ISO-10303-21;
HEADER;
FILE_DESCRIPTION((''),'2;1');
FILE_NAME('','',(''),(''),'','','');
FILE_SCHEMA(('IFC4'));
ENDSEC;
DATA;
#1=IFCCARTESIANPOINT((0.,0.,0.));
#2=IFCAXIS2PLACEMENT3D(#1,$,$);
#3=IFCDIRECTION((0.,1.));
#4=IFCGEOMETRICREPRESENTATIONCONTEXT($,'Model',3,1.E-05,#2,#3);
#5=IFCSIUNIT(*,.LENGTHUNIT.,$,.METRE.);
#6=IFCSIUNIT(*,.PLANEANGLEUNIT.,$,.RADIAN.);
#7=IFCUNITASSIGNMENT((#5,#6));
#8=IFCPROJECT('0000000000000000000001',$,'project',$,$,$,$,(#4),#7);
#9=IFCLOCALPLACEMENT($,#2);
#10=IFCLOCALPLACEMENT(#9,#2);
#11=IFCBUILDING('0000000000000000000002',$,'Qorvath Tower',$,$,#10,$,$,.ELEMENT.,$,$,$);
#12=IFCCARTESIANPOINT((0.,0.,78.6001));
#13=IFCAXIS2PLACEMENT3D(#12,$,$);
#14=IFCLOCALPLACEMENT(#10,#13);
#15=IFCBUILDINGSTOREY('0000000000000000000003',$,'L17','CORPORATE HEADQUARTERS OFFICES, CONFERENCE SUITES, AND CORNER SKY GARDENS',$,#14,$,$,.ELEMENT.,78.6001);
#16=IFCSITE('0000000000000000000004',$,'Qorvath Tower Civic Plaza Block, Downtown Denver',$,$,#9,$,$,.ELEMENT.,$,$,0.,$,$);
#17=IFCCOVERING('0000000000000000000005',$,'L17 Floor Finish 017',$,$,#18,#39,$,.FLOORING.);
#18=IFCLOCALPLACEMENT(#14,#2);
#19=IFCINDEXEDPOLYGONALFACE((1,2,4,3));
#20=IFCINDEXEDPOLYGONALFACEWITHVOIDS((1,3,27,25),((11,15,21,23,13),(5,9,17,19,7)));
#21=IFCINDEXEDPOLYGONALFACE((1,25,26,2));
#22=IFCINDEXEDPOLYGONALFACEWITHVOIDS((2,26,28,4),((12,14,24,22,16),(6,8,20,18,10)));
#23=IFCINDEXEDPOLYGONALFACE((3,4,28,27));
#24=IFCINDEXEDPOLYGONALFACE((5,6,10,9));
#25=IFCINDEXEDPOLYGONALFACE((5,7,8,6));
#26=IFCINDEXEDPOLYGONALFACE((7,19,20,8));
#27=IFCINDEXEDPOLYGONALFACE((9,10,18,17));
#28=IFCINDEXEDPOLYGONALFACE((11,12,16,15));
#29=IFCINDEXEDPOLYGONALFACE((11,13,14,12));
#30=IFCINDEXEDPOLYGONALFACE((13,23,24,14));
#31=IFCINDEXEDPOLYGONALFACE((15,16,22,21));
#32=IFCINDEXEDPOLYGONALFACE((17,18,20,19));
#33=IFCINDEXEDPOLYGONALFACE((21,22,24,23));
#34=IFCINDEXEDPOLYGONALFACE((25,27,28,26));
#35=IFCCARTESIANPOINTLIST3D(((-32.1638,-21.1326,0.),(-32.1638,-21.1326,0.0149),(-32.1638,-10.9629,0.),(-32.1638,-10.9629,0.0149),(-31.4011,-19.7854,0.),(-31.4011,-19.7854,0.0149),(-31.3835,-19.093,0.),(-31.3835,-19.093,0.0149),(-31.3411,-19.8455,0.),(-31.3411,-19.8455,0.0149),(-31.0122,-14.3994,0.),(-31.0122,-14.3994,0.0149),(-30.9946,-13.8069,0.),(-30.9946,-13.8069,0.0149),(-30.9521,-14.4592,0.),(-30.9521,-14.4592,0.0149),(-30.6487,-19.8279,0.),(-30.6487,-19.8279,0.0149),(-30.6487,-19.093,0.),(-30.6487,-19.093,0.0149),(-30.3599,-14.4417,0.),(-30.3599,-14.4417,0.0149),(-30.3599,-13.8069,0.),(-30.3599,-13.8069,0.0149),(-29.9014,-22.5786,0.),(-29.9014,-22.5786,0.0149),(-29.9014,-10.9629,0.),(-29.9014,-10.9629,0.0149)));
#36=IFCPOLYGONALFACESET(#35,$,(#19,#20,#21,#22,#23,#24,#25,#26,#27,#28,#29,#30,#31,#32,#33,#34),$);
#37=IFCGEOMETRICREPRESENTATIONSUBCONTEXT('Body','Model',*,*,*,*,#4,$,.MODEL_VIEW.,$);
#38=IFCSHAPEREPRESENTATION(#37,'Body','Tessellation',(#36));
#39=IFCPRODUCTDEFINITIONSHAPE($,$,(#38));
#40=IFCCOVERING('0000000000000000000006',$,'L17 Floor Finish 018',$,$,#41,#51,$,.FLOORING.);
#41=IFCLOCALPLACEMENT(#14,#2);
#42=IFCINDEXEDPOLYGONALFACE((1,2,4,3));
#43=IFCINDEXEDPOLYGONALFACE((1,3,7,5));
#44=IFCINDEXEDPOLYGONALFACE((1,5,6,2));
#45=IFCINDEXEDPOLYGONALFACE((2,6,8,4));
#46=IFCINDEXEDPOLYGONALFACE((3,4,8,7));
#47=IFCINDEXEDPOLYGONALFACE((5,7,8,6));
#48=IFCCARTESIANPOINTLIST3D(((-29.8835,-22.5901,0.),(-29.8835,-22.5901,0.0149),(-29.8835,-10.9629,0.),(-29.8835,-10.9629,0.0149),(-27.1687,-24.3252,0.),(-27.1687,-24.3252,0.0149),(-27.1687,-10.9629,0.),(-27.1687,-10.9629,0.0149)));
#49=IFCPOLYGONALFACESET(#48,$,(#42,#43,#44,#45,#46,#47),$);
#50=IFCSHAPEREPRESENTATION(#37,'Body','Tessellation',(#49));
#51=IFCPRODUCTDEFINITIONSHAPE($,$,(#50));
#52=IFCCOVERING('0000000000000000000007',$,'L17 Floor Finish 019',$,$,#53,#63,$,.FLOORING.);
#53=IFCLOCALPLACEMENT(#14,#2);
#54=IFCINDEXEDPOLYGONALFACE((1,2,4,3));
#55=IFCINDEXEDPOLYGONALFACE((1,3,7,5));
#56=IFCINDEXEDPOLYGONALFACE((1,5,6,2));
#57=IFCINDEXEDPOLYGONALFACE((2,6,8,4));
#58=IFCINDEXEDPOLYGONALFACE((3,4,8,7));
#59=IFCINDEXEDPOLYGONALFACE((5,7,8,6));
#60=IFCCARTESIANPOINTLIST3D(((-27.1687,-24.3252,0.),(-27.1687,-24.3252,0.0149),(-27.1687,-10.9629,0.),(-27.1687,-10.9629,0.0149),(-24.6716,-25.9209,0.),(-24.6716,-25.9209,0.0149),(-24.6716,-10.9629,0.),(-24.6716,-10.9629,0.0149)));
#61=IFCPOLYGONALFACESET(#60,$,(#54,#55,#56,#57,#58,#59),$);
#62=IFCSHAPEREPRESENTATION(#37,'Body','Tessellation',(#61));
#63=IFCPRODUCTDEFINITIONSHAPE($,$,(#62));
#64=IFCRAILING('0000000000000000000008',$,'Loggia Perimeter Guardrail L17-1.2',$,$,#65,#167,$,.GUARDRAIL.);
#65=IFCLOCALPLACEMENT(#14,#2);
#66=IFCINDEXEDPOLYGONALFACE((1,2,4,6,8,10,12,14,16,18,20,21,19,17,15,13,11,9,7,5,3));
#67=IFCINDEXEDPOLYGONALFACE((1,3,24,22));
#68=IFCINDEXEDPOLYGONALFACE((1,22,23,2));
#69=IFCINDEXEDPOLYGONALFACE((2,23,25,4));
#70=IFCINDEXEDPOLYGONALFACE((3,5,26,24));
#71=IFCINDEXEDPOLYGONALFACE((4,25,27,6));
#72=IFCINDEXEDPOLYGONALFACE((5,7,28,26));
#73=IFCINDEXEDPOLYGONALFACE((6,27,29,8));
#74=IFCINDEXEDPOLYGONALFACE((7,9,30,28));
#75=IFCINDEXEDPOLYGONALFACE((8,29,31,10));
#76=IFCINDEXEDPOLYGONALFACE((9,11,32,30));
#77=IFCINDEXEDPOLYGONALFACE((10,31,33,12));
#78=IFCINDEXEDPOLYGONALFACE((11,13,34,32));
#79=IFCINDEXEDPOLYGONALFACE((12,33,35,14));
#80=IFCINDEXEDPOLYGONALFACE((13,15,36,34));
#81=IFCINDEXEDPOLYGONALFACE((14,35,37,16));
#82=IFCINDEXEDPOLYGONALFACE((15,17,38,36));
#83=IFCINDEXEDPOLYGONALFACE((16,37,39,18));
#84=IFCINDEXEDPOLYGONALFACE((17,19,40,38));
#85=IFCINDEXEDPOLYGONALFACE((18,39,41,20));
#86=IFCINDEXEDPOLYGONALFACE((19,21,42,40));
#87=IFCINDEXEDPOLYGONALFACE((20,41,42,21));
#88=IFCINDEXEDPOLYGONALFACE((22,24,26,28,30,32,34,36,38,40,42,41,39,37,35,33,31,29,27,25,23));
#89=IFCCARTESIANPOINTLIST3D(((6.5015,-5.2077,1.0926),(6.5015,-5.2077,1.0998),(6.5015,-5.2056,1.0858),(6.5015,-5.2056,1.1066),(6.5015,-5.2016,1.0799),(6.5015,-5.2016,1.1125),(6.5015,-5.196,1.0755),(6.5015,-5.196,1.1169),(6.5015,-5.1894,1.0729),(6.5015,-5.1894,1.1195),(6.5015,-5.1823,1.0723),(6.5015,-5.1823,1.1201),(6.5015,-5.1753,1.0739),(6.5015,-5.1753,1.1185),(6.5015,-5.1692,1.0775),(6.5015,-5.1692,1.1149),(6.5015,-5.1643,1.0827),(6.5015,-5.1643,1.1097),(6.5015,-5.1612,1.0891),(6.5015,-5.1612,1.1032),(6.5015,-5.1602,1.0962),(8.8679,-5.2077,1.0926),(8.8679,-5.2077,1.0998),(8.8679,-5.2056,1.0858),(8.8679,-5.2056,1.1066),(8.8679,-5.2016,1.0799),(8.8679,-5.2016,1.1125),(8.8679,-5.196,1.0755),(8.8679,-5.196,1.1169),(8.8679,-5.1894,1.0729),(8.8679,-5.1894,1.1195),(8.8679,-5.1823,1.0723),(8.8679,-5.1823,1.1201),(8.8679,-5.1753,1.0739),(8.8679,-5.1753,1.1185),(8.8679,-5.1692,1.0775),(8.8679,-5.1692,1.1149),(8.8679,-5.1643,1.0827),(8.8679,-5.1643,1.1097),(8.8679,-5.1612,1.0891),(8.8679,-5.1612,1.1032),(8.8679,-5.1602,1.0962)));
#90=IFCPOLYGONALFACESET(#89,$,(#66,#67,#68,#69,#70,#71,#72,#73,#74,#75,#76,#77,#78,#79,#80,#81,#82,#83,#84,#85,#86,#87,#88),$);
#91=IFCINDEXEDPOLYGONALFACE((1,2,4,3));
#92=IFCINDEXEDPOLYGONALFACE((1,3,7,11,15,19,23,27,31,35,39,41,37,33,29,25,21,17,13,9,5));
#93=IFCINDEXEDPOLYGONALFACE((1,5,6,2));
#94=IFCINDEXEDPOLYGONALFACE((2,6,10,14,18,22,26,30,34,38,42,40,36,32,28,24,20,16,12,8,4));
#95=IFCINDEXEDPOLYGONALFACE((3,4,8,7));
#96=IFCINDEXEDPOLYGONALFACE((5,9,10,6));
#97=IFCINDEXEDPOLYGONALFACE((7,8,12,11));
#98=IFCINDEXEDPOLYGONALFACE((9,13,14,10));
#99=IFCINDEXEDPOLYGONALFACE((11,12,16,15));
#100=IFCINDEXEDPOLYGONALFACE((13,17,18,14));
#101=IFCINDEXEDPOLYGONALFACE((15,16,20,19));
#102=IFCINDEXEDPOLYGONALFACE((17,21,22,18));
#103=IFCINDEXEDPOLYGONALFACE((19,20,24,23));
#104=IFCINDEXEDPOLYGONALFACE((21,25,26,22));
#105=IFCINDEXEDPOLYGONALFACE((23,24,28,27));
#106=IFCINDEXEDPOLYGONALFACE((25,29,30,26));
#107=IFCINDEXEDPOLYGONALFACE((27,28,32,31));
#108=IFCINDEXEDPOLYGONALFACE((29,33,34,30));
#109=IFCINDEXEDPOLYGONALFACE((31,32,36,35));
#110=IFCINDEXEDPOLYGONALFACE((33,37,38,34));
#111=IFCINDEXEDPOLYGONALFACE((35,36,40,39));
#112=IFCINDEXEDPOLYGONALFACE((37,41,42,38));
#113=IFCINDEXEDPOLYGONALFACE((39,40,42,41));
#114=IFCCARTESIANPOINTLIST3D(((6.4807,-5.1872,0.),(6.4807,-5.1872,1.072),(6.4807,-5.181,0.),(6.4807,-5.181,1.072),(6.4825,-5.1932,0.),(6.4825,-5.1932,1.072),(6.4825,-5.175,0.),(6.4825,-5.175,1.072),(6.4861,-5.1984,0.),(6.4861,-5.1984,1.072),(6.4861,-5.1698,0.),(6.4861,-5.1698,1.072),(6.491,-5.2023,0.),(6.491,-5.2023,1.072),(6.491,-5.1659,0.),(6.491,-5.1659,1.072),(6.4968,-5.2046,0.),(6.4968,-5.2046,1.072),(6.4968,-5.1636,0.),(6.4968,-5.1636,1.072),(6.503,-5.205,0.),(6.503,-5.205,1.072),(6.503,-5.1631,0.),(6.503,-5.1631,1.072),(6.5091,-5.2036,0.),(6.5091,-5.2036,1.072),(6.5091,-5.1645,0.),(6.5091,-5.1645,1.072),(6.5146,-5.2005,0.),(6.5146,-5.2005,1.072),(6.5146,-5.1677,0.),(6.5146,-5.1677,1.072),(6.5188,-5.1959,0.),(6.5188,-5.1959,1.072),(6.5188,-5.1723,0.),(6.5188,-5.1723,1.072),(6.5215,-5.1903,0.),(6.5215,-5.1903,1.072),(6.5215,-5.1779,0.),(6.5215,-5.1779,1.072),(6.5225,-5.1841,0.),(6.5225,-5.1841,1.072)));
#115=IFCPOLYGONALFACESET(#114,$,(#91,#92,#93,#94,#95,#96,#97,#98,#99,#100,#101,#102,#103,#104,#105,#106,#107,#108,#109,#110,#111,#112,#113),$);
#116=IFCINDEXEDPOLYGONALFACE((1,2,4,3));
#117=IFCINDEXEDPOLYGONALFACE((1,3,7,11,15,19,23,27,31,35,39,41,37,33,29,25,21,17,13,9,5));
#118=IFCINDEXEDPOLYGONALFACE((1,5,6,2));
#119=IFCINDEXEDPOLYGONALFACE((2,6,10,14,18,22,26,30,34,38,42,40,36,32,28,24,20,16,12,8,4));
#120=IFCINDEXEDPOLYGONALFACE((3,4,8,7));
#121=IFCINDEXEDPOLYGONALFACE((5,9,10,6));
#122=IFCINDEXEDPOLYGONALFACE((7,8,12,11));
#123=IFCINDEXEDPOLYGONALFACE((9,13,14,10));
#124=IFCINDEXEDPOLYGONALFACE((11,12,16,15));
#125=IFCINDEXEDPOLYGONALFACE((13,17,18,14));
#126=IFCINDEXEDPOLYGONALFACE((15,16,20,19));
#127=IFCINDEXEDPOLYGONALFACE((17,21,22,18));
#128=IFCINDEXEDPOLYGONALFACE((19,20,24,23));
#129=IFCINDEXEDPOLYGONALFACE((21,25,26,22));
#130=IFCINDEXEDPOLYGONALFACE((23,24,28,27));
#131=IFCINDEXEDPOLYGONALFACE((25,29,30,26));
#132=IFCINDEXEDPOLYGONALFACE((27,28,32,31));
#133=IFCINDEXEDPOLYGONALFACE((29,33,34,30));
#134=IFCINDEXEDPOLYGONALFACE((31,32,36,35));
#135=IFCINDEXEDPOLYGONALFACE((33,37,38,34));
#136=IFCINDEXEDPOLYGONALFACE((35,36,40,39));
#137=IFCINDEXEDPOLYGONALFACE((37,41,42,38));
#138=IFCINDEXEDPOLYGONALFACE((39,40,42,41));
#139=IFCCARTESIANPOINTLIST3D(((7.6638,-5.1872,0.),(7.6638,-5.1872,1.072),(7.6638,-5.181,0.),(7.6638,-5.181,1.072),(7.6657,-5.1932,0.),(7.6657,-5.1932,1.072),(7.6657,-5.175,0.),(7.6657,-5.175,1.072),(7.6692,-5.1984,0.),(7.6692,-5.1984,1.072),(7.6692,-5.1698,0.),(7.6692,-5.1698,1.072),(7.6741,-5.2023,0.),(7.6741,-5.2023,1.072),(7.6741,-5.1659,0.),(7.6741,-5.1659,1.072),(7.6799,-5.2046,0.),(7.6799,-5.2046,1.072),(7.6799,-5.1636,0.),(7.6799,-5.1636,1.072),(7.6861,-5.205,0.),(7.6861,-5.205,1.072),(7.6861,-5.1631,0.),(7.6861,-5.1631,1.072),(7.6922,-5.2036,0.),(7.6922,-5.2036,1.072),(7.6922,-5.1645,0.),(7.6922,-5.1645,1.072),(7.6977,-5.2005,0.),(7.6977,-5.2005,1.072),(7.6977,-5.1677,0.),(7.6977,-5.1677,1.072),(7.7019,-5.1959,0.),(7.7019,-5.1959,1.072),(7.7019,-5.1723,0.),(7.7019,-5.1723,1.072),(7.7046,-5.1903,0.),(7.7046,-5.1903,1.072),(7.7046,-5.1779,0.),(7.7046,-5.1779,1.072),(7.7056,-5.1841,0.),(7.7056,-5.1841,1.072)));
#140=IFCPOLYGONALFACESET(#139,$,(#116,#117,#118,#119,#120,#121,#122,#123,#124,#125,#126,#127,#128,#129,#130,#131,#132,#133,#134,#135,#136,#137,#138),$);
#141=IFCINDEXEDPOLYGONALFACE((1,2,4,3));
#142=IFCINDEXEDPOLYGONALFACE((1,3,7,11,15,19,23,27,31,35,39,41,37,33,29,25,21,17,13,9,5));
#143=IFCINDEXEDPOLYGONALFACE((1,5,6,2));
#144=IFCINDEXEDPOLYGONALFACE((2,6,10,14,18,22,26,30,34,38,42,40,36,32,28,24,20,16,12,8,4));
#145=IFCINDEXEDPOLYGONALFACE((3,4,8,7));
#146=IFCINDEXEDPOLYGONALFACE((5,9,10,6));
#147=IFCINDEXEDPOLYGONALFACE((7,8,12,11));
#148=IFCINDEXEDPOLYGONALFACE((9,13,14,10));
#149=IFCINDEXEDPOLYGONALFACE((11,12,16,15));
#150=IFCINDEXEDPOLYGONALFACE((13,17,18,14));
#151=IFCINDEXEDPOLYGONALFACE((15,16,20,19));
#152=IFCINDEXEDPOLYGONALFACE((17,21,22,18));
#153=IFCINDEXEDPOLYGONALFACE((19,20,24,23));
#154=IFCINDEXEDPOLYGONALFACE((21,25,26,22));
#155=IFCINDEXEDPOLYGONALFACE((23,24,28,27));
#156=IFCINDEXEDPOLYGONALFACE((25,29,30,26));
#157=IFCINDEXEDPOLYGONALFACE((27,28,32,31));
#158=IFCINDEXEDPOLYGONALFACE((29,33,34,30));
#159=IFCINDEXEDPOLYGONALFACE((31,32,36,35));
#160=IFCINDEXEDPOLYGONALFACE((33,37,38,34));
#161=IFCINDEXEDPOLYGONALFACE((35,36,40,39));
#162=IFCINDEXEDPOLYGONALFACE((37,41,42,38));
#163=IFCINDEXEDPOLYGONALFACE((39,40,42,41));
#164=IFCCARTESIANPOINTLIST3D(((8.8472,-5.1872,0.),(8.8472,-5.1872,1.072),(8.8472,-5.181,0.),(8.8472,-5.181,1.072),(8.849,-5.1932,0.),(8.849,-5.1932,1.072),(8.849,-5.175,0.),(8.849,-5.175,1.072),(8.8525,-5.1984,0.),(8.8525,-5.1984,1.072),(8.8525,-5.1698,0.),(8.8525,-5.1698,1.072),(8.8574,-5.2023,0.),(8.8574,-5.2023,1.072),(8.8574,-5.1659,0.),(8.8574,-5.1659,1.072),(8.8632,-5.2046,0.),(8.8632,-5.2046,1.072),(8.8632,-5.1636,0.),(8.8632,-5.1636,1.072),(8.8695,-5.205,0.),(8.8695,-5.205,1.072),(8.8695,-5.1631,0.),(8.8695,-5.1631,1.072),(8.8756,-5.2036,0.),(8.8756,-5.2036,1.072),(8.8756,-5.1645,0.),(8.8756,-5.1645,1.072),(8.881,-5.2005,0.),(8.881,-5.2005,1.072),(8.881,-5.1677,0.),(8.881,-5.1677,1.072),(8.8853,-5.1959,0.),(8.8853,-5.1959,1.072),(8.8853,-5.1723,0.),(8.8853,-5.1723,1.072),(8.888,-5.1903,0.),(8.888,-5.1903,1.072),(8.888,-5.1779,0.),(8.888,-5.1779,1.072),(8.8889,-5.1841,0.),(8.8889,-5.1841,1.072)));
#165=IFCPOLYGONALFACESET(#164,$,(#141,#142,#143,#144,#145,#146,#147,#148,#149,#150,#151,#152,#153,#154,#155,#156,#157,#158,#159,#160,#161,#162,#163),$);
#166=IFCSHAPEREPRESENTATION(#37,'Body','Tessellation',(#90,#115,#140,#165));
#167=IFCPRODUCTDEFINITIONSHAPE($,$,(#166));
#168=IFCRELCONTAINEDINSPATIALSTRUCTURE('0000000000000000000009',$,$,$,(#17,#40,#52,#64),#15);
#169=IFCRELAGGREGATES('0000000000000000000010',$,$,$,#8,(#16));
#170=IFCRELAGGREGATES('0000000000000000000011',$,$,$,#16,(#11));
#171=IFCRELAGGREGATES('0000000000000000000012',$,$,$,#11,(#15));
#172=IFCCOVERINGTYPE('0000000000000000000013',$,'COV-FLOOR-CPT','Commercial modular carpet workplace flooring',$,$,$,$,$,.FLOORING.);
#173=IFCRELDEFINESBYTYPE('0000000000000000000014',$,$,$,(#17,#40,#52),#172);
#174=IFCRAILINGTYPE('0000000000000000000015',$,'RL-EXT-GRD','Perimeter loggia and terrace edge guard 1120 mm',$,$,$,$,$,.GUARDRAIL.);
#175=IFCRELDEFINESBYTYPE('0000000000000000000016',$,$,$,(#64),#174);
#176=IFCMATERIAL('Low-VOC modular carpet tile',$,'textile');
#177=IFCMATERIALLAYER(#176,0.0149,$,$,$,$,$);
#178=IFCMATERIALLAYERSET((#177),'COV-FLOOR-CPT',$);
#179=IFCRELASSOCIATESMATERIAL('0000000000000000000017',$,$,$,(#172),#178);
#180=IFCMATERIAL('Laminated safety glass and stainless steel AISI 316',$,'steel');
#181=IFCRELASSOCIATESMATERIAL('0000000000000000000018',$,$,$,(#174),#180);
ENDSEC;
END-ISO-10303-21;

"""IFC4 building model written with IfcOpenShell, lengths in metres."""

from ifc_helpers import new_model, si_unit, direction, frame, origin, origin_2d, place, context, subcontext, project, spatial, polyline, circle, outline, extrude, material, layer, layer_set, type_object, element, save


model = new_model("IFC4")

# Units and contexts
model_context = context("Model", 3, precision=1e-05, world=origin(), true_north=direction((0.0, 1.0)))
body_context = subcontext(model_context, "Body", "Model", "MODEL_VIEW")
ifc_project = project(units=[si_unit("LENGTHUNIT", "METRE"), si_unit("PLANEANGLEUNIT", "RADIAN")], contexts=[model_context])

# Site, building, storey
site_placement = place(None, origin())
site = spatial("IfcSite", under=ifc_project, at=site_placement, Name="Qorvath Tower Civic Plaza Block, Downtown Denver", CompositionType="ELEMENT", RefElevation=0.0)
building_placement = place(site_placement, origin())
building = spatial("IfcBuilding", under=site, at=building_placement, Name="Qorvath Tower", CompositionType="ELEMENT")
storey_placement = place(building_placement, frame((0.0, 0.0, 78.6001)))
storey = spatial("IfcBuildingStorey", under=building, at=storey_placement, Name="L17", Description="CORPORATE HEADQUARTERS OFFICES, CONFERENCE SUITES, AND CORNER SKY GARDENS", CompositionType="ELEMENT", Elevation=78.6001)

# Coverings
ifc_material_1 = material(Name="Low-VOC modular carpet tile", Category="textile")
ifc_layer_1 = layer(ifc_material_1, 0.0149)
ifc_layer_set_1 = layer_set([ifc_layer_1], Name="COV-FLOOR-CPT")
covering_type_1 = type_object("IfcCoveringType", Name="COV-FLOOR-CPT", Description="Commercial modular carpet workplace flooring", PredefinedType="FLOORING", material=ifc_layer_set_1)
covering_1_placement = place(storey_placement, origin())
element("IfcCovering", 1, at=covering_1_placement, inside=storey, type_object=covering_type_1, Name="L17 Floor Finish 017", PredefinedType="FLOORING", context=body_context, shape_type="SweptSolid", body=[
    extrude(outline(polyline([(-32.1638, -10.9629), (-32.1638, -21.1326), (-29.9014, -22.5786), (-29.9014, -10.9629), (-32.1638, -10.9629)]), holes=[polyline([(-31.0122, -14.3994), (-30.9946, -13.8069), (-30.3599, -13.8069), (-30.3599, -14.4417), (-30.9521, -14.4592), (-31.0122, -14.3994)]), polyline([(-31.4011, -19.7854), (-31.3835, -19.093), (-30.6487, -19.093), (-30.6487, -19.8279), (-31.3411, -19.8455), (-31.4011, -19.7854)])]), origin(), (0.0, 0.0, 1.0), 0.0149),
])
covering_2_placement = place(storey_placement, origin())
element("IfcCovering", 2, at=covering_2_placement, inside=storey, type_object=covering_type_1, Name="L17 Floor Finish 018", PredefinedType="FLOORING", context=body_context, shape_type="SweptSolid", body=[
    extrude(outline(polyline([(-27.1687, -24.3252), (-27.1687, -10.9629), (-29.8835, -10.9629), (-29.8835, -22.5901), (-27.1687, -24.3252)])), origin(), (0.0, 0.0, 1.0), 0.0149),
])
covering_3_placement = place(storey_placement, origin())
element("IfcCovering", 3, at=covering_3_placement, inside=storey, type_object=covering_type_1, Name="L17 Floor Finish 019", PredefinedType="FLOORING", context=body_context, shape_type="SweptSolid", body=[
    extrude(outline(polyline([(-24.6716, -10.9629), (-27.1687, -10.9629), (-27.1687, -24.3252), (-24.6716, -25.9209), (-24.6716, -10.9629)])), origin(), (0.0, 0.0, 1.0), 0.0149),
])

# Railing
ifc_material_2 = material(Name="Laminated safety glass and stainless steel AISI 316", Category="steel")
railing_type = type_object("IfcRailingType", Name="RL-EXT-GRD", Description="Perimeter loggia and terrace edge guard 1120 mm", PredefinedType="GUARDRAIL", material=ifc_material_2)
railing_1_placement = place(storey_placement, frame((6.5015, -5.1841, 0.0)))
element("IfcRailing", 4, at=railing_1_placement, inside=storey, type_object=railing_type, Name="Loggia Perimeter Guardrail L17-1.2", PredefinedType="GUARDRAIL", context=body_context, shape_type="SweptSolid", body=[
    extrude(circle(Radius=0.0239, at=origin_2d()), frame((0.0, 0.0, 1.0962), z_axis=(1.0, 0.0, 0.0), x_axis=(0.0, 1.0, 0.0)), (0.0, 0.0, 1.0), 2.3665),
    extrude(circle(Radius=0.021, at=origin_2d()), origin(), (0.0, 0.0, 1.0), 1.072),
    extrude(circle(Radius=0.021, at=origin_2d()), frame((1.1831, 0.0, 0.0)), (0.0, 0.0, 1.0), 1.072),
    extrude(circle(Radius=0.021, at=origin_2d()), frame((2.3665, 0.0, 0.0)), (0.0, 0.0, 1.0), 1.072),
])

save(model, "model.ifc")
